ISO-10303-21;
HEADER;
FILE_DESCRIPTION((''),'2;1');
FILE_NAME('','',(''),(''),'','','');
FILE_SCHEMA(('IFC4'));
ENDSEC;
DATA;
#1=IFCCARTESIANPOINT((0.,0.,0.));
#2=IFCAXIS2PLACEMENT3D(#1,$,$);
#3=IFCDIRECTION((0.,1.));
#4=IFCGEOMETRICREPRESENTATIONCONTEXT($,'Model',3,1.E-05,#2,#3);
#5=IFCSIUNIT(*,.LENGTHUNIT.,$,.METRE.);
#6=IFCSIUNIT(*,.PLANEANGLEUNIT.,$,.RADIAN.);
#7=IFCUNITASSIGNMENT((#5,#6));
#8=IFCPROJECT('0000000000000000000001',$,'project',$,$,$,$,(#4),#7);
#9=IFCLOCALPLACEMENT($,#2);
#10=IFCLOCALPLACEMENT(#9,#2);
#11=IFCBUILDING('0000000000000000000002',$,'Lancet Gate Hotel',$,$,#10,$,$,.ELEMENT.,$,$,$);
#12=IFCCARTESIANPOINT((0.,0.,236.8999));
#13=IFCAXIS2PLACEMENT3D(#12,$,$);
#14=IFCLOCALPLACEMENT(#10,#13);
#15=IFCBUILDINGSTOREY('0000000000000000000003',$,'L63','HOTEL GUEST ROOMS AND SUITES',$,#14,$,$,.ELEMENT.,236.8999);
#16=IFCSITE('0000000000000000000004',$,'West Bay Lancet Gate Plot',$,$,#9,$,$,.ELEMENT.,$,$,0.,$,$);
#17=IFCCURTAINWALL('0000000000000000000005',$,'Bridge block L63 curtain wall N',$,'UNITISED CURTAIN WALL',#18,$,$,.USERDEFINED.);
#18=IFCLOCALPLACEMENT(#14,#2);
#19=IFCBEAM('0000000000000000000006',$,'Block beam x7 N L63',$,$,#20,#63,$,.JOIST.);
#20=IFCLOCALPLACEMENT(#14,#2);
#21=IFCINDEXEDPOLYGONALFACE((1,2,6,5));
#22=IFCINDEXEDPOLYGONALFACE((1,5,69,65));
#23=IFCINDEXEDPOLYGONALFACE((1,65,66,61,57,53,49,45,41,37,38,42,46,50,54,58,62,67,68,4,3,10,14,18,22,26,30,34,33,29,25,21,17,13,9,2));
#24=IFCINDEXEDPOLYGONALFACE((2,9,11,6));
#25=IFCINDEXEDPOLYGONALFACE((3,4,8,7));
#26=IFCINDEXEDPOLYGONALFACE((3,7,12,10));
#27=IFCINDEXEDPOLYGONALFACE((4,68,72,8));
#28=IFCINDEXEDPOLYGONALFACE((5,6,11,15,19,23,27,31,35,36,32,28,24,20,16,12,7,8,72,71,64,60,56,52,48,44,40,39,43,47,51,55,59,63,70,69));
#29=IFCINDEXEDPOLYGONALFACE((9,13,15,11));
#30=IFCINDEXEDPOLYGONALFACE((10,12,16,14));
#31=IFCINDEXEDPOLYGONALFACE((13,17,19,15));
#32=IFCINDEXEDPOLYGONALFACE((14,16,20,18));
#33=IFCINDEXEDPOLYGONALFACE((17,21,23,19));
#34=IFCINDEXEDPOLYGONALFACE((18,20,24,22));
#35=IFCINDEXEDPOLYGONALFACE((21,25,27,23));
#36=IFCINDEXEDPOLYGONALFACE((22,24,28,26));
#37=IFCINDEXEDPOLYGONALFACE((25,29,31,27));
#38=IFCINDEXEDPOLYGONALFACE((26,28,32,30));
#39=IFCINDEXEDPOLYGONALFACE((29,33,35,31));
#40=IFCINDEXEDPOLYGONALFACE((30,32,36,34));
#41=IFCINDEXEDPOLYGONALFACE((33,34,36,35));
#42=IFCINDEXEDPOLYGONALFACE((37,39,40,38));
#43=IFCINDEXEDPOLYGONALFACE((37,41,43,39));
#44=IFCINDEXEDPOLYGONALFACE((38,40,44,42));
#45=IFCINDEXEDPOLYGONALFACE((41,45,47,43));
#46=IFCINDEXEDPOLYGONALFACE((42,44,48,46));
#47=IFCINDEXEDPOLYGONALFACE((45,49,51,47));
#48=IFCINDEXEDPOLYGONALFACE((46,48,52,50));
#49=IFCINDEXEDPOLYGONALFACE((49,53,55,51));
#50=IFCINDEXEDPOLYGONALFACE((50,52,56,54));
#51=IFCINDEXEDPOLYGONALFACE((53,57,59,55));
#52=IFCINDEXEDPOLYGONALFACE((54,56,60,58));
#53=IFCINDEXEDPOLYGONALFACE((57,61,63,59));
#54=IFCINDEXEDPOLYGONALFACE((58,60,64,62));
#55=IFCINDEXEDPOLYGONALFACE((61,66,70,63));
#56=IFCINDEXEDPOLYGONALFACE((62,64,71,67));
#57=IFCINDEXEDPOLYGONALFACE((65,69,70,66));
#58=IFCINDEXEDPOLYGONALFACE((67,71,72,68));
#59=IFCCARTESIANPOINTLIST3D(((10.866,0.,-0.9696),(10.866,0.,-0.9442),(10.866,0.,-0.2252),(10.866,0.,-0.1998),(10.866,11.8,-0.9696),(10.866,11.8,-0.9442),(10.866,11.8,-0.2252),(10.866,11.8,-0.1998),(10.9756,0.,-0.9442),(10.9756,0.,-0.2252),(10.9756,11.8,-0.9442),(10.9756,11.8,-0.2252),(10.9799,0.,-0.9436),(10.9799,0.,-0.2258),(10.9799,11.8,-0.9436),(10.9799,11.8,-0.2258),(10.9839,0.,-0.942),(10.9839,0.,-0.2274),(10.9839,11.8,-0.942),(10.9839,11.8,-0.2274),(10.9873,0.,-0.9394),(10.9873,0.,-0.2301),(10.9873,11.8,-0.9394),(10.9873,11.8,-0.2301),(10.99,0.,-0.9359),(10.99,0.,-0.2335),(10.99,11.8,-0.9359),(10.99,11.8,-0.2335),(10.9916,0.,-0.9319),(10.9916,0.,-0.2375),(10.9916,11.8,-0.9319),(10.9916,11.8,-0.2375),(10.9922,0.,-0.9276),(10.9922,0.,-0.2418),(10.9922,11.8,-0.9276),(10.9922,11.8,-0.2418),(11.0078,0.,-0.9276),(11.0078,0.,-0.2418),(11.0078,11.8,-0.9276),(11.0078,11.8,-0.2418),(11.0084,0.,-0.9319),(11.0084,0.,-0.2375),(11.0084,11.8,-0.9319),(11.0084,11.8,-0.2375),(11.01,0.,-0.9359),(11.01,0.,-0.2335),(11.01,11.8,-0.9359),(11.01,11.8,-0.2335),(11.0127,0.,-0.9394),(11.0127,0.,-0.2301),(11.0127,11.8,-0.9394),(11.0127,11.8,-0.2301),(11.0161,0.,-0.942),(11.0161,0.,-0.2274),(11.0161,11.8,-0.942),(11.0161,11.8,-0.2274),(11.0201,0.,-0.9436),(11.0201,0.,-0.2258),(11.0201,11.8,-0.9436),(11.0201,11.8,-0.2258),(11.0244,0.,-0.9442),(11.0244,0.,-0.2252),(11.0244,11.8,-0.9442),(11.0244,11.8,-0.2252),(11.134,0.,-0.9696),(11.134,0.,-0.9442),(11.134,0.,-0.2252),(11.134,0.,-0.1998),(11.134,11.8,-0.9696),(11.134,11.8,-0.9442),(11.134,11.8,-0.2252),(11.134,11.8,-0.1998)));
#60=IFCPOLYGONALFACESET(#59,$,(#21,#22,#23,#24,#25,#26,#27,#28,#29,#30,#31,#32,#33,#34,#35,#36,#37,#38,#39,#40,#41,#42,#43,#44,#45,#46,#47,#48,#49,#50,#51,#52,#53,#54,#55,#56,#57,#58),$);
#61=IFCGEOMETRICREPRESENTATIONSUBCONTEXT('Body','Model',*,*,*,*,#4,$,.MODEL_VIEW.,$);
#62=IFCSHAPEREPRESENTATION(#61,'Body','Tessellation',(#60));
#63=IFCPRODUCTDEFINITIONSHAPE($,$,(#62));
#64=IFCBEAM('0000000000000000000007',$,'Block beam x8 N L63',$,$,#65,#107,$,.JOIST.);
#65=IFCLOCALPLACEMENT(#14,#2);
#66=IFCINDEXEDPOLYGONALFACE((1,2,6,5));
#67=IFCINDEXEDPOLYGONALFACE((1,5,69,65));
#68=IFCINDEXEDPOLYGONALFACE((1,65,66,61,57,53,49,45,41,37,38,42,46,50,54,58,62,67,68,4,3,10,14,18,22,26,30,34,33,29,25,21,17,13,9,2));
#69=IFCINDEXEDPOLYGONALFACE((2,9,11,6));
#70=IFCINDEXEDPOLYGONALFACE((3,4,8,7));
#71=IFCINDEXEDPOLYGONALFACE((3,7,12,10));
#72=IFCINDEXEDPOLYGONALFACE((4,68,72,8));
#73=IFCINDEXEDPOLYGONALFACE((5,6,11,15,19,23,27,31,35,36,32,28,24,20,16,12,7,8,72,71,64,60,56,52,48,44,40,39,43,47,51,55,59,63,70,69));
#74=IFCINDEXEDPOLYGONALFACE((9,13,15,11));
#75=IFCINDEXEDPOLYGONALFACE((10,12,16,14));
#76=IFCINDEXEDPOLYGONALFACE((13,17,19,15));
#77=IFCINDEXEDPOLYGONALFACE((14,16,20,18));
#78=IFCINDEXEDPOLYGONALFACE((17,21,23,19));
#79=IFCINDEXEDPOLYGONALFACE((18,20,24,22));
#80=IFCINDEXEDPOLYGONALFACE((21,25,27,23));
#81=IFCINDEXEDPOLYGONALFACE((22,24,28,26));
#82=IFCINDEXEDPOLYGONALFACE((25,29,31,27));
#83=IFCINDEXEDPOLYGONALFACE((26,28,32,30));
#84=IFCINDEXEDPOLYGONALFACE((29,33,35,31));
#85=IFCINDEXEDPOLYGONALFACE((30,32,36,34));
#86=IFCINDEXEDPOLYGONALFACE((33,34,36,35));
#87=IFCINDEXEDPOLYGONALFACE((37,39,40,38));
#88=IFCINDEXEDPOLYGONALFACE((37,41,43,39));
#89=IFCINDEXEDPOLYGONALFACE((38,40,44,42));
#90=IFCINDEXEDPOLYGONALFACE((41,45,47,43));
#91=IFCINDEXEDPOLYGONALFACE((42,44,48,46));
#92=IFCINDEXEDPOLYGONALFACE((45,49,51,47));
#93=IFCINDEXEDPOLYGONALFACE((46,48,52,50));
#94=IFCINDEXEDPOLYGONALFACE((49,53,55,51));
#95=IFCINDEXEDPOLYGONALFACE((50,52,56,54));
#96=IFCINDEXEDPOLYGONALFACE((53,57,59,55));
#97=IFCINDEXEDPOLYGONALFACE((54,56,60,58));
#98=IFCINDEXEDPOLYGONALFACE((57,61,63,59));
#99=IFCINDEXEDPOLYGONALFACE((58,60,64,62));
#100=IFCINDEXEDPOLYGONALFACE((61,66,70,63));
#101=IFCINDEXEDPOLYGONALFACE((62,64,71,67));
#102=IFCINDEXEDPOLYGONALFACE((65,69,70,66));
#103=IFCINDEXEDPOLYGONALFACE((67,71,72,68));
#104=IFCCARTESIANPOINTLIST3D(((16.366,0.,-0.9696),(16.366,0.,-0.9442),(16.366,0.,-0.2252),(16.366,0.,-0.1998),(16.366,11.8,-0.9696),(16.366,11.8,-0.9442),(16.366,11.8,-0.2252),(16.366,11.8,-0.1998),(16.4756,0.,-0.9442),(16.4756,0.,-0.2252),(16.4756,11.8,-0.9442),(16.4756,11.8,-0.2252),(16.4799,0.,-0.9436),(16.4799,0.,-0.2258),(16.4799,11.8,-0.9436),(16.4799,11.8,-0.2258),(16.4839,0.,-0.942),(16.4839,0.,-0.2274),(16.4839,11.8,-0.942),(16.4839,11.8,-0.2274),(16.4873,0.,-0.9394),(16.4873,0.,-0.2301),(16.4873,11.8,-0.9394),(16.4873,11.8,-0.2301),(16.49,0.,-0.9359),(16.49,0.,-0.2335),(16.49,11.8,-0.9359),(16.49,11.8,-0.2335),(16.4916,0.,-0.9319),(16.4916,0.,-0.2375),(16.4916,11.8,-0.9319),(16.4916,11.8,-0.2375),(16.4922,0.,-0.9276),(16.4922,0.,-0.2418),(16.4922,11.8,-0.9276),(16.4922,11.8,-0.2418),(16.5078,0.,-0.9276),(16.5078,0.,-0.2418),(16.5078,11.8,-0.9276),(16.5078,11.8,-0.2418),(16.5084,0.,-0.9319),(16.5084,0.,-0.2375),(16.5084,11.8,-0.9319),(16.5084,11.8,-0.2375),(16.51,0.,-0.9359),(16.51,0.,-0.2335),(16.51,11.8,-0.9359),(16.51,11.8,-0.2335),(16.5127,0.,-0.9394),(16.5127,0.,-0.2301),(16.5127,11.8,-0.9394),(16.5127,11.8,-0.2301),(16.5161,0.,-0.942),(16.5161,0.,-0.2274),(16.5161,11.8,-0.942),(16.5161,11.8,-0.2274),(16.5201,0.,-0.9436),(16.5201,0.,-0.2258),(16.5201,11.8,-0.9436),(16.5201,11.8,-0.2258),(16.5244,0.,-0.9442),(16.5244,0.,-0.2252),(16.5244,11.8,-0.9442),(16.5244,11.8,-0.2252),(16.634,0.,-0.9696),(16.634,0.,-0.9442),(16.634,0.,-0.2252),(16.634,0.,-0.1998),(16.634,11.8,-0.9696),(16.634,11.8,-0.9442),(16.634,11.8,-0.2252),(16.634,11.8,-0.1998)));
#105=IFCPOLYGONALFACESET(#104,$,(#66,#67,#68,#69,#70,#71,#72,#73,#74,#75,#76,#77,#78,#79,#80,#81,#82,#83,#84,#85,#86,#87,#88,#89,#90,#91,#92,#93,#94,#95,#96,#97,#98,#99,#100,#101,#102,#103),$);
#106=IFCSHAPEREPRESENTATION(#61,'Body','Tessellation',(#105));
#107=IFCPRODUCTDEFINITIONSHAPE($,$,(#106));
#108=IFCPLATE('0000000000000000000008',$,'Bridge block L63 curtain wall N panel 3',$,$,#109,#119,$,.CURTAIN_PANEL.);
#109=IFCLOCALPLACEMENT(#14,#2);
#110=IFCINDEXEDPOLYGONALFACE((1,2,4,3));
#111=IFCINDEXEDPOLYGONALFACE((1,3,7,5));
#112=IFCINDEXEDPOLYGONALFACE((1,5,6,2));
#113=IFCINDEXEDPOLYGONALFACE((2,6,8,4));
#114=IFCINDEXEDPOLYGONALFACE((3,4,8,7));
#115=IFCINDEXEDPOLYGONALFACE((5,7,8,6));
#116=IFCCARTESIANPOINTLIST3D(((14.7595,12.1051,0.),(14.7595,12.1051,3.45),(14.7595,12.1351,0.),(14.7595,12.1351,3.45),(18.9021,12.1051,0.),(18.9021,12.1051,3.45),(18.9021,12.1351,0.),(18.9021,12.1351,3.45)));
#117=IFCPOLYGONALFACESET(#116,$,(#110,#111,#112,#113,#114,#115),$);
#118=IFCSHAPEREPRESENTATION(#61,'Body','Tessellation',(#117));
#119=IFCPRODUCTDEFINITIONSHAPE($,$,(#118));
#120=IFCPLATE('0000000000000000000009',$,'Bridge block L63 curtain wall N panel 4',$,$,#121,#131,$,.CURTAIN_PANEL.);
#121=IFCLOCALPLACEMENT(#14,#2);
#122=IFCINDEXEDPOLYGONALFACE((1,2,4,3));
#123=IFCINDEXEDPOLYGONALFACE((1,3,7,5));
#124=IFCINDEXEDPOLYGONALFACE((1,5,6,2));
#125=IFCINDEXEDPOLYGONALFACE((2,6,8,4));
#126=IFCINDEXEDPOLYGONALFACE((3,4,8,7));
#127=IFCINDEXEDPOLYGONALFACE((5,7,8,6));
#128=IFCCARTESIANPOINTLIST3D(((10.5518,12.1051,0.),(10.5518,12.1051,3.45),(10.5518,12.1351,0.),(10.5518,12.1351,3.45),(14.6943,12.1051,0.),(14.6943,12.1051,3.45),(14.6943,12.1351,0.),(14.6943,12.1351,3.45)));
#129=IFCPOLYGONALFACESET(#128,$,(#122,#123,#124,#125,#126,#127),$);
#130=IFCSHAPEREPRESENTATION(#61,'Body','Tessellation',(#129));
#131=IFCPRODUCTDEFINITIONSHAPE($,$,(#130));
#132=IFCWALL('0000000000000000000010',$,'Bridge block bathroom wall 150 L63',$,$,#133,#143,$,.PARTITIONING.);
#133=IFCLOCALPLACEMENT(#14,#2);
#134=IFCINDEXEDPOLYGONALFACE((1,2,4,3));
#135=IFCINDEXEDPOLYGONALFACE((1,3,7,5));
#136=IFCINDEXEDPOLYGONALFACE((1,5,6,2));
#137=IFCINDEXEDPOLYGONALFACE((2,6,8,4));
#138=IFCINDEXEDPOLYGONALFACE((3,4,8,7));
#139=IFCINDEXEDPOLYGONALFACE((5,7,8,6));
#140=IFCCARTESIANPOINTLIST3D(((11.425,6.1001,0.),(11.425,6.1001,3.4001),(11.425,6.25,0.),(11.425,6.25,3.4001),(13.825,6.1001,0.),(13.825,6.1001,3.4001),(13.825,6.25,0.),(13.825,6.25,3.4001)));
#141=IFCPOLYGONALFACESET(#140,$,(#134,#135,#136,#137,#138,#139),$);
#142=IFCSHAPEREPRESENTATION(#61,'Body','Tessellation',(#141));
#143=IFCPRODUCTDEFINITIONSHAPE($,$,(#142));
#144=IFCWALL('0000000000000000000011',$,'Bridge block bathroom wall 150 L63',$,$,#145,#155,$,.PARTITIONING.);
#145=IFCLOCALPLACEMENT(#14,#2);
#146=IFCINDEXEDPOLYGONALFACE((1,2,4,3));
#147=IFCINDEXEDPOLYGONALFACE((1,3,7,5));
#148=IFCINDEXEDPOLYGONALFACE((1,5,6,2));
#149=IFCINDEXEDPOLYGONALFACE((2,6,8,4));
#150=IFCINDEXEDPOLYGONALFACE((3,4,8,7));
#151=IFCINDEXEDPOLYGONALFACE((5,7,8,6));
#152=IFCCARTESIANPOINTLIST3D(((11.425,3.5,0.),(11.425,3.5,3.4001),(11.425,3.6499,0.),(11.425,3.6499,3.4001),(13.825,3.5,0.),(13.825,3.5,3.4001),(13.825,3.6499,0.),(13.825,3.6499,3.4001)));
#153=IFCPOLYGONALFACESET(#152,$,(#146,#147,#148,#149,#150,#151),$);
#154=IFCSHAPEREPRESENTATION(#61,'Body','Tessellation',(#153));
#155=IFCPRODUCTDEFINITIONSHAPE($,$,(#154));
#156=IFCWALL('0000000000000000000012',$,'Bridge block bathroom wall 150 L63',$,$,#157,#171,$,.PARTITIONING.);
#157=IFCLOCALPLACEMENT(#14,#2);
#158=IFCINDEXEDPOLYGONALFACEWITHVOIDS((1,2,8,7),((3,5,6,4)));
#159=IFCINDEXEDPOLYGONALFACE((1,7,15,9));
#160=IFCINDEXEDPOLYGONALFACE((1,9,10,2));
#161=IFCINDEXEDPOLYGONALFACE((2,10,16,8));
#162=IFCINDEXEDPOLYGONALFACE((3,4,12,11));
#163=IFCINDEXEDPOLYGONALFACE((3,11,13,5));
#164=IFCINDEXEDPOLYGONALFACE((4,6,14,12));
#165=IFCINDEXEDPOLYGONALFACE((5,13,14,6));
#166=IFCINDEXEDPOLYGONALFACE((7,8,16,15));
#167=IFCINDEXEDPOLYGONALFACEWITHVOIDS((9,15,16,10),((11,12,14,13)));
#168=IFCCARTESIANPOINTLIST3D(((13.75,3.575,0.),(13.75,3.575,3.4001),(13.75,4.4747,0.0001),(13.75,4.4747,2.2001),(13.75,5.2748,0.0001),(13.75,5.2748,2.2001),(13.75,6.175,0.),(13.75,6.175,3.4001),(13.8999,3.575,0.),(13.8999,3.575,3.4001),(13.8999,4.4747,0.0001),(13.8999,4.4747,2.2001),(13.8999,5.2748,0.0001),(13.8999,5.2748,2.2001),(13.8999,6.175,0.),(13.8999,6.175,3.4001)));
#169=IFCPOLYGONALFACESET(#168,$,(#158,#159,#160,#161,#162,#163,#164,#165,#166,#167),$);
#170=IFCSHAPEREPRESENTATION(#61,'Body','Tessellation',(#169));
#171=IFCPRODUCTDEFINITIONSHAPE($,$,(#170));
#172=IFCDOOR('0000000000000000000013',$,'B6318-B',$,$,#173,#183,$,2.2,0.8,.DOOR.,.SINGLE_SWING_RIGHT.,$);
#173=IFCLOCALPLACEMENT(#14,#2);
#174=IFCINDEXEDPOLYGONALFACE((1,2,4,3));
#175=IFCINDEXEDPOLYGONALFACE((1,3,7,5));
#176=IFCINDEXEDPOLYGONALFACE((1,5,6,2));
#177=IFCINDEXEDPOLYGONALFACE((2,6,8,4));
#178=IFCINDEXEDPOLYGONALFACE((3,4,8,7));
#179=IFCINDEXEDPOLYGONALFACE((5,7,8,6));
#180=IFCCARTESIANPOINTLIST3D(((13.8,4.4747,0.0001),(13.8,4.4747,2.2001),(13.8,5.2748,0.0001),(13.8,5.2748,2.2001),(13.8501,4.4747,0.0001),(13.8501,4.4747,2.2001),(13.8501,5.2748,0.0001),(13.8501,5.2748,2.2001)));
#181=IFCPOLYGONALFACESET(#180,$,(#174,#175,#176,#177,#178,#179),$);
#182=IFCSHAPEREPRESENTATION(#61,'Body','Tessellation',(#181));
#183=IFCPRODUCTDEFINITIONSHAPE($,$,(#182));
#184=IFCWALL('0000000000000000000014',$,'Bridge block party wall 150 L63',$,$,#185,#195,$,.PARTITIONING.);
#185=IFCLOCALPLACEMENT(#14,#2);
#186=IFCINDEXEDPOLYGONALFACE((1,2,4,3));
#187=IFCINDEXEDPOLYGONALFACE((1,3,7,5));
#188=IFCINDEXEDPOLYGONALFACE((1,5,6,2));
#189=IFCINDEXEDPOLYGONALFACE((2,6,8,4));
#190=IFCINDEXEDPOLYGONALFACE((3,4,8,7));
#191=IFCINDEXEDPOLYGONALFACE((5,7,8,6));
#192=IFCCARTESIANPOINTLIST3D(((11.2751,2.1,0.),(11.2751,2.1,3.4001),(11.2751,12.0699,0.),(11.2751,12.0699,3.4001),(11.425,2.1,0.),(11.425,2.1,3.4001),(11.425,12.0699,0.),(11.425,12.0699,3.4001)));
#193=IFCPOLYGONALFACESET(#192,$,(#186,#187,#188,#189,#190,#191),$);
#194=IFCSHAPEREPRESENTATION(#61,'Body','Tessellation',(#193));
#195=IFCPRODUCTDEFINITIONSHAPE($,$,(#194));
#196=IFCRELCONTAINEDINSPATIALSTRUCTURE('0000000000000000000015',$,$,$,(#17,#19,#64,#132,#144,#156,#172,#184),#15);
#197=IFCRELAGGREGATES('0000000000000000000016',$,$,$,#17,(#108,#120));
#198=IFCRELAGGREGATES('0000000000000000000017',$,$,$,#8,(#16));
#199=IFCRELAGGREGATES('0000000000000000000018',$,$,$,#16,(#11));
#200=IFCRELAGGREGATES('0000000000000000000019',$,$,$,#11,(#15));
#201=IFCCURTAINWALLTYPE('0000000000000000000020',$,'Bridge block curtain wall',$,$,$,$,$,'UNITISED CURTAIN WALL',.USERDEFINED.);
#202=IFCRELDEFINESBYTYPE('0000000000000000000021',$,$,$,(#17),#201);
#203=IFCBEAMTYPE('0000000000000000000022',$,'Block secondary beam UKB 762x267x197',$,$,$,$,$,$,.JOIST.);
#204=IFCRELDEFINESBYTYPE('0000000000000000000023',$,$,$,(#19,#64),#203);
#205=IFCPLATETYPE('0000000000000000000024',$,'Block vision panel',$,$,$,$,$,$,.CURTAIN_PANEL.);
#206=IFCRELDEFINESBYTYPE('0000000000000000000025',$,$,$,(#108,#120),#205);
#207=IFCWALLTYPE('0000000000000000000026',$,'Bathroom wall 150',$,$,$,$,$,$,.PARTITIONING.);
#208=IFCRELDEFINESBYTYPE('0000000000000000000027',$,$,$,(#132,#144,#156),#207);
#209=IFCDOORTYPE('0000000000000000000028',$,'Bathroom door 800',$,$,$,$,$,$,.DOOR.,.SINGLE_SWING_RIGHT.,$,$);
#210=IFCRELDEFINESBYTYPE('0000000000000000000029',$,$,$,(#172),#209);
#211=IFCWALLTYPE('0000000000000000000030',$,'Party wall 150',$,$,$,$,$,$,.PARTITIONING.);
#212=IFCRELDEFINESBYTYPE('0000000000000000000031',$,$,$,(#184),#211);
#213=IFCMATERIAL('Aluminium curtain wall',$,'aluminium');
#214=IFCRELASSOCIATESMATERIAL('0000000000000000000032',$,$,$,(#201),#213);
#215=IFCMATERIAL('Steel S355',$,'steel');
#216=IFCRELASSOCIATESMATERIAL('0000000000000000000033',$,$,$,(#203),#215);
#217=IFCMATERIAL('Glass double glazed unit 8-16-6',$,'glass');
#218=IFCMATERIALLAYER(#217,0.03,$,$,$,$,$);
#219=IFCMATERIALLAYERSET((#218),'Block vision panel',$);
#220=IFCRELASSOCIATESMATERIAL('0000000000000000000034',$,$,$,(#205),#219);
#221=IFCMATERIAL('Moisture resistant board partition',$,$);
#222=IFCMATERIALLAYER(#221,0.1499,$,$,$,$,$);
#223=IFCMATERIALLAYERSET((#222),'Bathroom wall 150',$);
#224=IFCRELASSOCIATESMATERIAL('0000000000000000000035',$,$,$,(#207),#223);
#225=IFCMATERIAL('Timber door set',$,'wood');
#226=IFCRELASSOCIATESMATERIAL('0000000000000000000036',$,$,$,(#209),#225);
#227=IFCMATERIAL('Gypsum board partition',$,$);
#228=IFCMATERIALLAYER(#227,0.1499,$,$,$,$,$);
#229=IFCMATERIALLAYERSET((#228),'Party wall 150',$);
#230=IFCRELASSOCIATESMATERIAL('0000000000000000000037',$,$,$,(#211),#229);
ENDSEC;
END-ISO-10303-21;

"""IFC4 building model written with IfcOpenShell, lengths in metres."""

from ifc_helpers import new_model, si_unit, direction, frame, frame_2d, origin, origin_2d, place, context, subcontext, project, spatial, rectangle, i_section, extrude, material, layer, layer_set, material_profile, profile_set, type_object, element, fill, aggregate, save


model = new_model("IFC4")

# Units and contexts
model_context = context("Model", 3, precision=1e-05, world=origin(), true_north=direction((0.0, 1.0)))
body_context = subcontext(model_context, "Body", "Model", "MODEL_VIEW")
ifc_project = project(units=[si_unit("LENGTHUNIT", "METRE"), si_unit("PLANEANGLEUNIT", "RADIAN")], contexts=[model_context])

# Site, building, storey
site_placement = place(None, origin())
site = spatial("IfcSite", under=ifc_project, at=site_placement, Name="West Bay Lancet Gate Plot", CompositionType="ELEMENT", RefElevation=0.0)
building_placement = place(site_placement, origin())
building = spatial("IfcBuilding", under=site, at=building_placement, Name="Lancet Gate Hotel", CompositionType="ELEMENT")
storey_placement = place(building_placement, frame((0.0, 0.0, 236.8999)))
storey = spatial("IfcBuildingStorey", under=building, at=storey_placement, Name="L63", Description="HOTEL GUEST ROOMS AND SUITES", CompositionType="ELEMENT", Elevation=236.8999)

# Curtain wall
ifc_material_1 = material(Name="Aluminium curtain wall", Category="aluminium")
curtain_wall_type = type_object("IfcCurtainWallType", Name="Bridge block curtain wall", ElementType="UNITISED CURTAIN WALL", PredefinedType="USERDEFINED", material=ifc_material_1)
curtain_wall_placement = place(storey_placement, origin())
curtain_wall = element("IfcCurtainWall", 1, at=curtain_wall_placement, inside=storey, type_object=curtain_wall_type, Name="Bridge block L63 curtain wall N", ObjectType="UNITISED CURTAIN WALL", PredefinedType="USERDEFINED")

# Beams
ifc_material_2 = material(Name="Steel S355", Category="steel")
ifc_material_profile_1 = material_profile(ifc_material_2, i_section(OverallWidth=0.2681, OverallDepth=0.7698, WebThickness=0.0156, FlangeThickness=0.0254, FilletRadius=0.0166, at=origin_2d()), Name="UKB 762x267x197")
ifc_profile_set_1 = profile_set([ifc_material_profile_1], Name="Steel S355")
beam_type_1 = type_object("IfcBeamType", Name="Block secondary beam UKB 762x267x197", PredefinedType="JOIST", material=ifc_profile_set_1)
for number, where, z_axis, x_axis, name in (
    (2, (11.0, 0.0, -0.5847), (0.0, 1.0, 0.0), (-1.0, 0.0, 0.0), "Block beam x7 N L63"),
    (3, (16.5, 0.0, -0.5847), (0.0, 1.0, 0.0), (-1.0, 0.0, 0.0), "Block beam x8 N L63"),
):
    element("IfcBeam", number, at=place(storey_placement, frame(where, z_axis=z_axis, x_axis=x_axis)), inside=storey, type_object=beam_type_1, Name=name, PredefinedType="JOIST", context=body_context, shape_type="SweptSolid", body=[
        extrude(i_section(OverallWidth=0.2681, OverallDepth=0.7698, WebThickness=0.0156, FlangeThickness=0.0254, FilletRadius=0.0166, at=origin_2d()), origin(), (0.0, 0.0, 1.0), 11.8),
    ])

# Plates
ifc_material_3 = material(Name="Glass double glazed unit 8-16-6", Category="glass")
ifc_layer_1 = layer(ifc_material_3, 0.03)
ifc_layer_set_1 = layer_set([ifc_layer_1], Name="Block vision panel")
plate_type = type_object("IfcPlateType", Name="Block vision panel", PredefinedType="CURTAIN_PANEL", material=ifc_layer_set_1)
plate_1_placement = place(storey_placement, frame((16.8308, 12.1201, 0.0), z_axis=(0.0, 0.0, 1.0), x_axis=(-1.0, 0.0, 0.0)))
plate_1 = element("IfcPlate", 4, at=plate_1_placement, type_object=plate_type, Name="Bridge block L63 curtain wall N panel 3", PredefinedType="CURTAIN_PANEL", context=body_context, shape_type="SweptSolid", body=[
    extrude(rectangle(XDim=4.1426, YDim=0.03, at=origin_2d()), origin(), (0.0, 0.0, 1.0), 3.45),
])
plate_2_placement = place(storey_placement, frame((12.623, 12.1201, 0.0), z_axis=(0.0, 0.0, 1.0), x_axis=(-1.0, 0.0, 0.0)))
plate_2 = element("IfcPlate", 5, at=plate_2_placement, type_object=plate_type, Name="Bridge block L63 curtain wall N panel 4", PredefinedType="CURTAIN_PANEL", context=body_context, shape_type="SweptSolid", body=[
    extrude(rectangle(XDim=4.1426, YDim=0.03, at=origin_2d()), origin(), (0.0, 0.0, 1.0), 3.45),
])
aggregate(curtain_wall, [plate_1, plate_2])

# Walls
ifc_material_4 = material(Name="Moisture resistant board partition")
ifc_layer_2 = layer(ifc_material_4, 0.1499)
ifc_layer_set_2 = layer_set([ifc_layer_2], Name="Bathroom wall 150")
wall_type_1 = type_object("IfcWallType", Name="Bathroom wall 150", PredefinedType="PARTITIONING", material=ifc_layer_set_2)
for number, where, z_axis, x_axis, name in (
    (6, (11.425, 6.175, 0.0), (0.0, 0.0, 1.0), (1.0, 0.0, 0.0), "Bridge block bathroom wall 150 L63"),
    (7, (11.425, 3.575, 0.0), (0.0, 0.0, 1.0), (1.0, 0.0, 0.0), "Bridge block bathroom wall 150 L63"),
):
    element("IfcWall", number, at=place(storey_placement, frame(where, z_axis=z_axis, x_axis=x_axis)), inside=storey, type_object=wall_type_1, Name=name, PredefinedType="PARTITIONING", context=body_context, shape_type="SweptSolid", body=[
        extrude(rectangle(XDim=2.3999, YDim=0.1499, at=frame_2d((1.2, 0.0))), origin(), (0.0, 0.0, 1.0), 3.4001),
    ])

# Wall, opening, door
wall_1_placement = place(storey_placement, frame((13.825, 3.575, 0.0), z_axis=(0.0, 0.0, 1.0), x_axis=(0.0, 1.0, 0.0)))
wall_1 = element("IfcWall", 8, at=wall_1_placement, inside=storey, type_object=wall_type_1, Name="Bridge block bathroom wall 150 L63", PredefinedType="PARTITIONING", context=body_context, shape_type="SweptSolid", body=[
    extrude(rectangle(XDim=2.6001, YDim=0.1499, at=frame_2d((1.3, 0.0))), origin(), (0.0, 0.0, 1.0), 3.4001),
])
opening_placement = place(wall_1_placement, frame((0.8999, 0.0, 0.0)))
opening = element("IfcOpeningElement", 9, at=opening_placement, cuts=wall_1, PredefinedType="OPENING", context=body_context, shape_type="SweptSolid", body=[
    extrude(rectangle(XDim=0.8, YDim=2.2, at=frame_2d((0.3999, 1.1001))), frame((0.0, 0.085, 0.0), z_axis=(0.0, -1.0, 0.0), x_axis=(1.0, 0.0, 0.0)), (0.0, 0.0, 1.0), 0.1699),
])
ifc_material_5 = material(Name="Timber door set", Category="wood")
door_type = type_object("IfcDoorType", Name="Bathroom door 800", OperationType="SINGLE_SWING_RIGHT", PredefinedType="DOOR", material=ifc_material_5)
door_placement = place(opening_placement, origin())
door = element("IfcDoor", 10, at=door_placement, inside=storey, type_object=door_type, Name="B6318-B", OperationType="SINGLE_SWING_RIGHT", OverallHeight=2.2, OverallWidth=0.8, PredefinedType="DOOR", context=body_context, shape_type="SweptSolid", body=[
    extrude(rectangle(XDim=0.8, YDim=2.2, at=frame_2d((0.3999, 1.1001))), frame((0.0, 0.0249, 0.0), z_axis=(0.0, -1.0, 0.0), x_axis=(1.0, 0.0, 0.0)), (0.0, 0.0, 1.0), 0.05),
])
fill(opening, door)

# Wall
ifc_material_6 = material(Name="Gypsum board partition")
ifc_layer_3 = layer(ifc_material_6, 0.1499)
ifc_layer_set_3 = layer_set([ifc_layer_3], Name="Party wall 150")
wall_type_2 = type_object("IfcWallType", Name="Party wall 150", PredefinedType="PARTITIONING", material=ifc_layer_set_3)
wall_2_placement = place(storey_placement, frame((11.3501, 2.1001, 0.0), z_axis=(0.0, 0.0, 1.0), x_axis=(0.0, 1.0, 0.0)))
element("IfcWall", 11, at=wall_2_placement, inside=storey, type_object=wall_type_2, Name="Bridge block party wall 150 L63", PredefinedType="PARTITIONING", context=body_context, shape_type="SweptSolid", body=[
    extrude(rectangle(XDim=9.97, YDim=0.1499, at=frame_2d((4.9849, 0.0))), origin(), (0.0, 0.0, 1.0), 3.4001),
])

save(model, "model.ifc")
